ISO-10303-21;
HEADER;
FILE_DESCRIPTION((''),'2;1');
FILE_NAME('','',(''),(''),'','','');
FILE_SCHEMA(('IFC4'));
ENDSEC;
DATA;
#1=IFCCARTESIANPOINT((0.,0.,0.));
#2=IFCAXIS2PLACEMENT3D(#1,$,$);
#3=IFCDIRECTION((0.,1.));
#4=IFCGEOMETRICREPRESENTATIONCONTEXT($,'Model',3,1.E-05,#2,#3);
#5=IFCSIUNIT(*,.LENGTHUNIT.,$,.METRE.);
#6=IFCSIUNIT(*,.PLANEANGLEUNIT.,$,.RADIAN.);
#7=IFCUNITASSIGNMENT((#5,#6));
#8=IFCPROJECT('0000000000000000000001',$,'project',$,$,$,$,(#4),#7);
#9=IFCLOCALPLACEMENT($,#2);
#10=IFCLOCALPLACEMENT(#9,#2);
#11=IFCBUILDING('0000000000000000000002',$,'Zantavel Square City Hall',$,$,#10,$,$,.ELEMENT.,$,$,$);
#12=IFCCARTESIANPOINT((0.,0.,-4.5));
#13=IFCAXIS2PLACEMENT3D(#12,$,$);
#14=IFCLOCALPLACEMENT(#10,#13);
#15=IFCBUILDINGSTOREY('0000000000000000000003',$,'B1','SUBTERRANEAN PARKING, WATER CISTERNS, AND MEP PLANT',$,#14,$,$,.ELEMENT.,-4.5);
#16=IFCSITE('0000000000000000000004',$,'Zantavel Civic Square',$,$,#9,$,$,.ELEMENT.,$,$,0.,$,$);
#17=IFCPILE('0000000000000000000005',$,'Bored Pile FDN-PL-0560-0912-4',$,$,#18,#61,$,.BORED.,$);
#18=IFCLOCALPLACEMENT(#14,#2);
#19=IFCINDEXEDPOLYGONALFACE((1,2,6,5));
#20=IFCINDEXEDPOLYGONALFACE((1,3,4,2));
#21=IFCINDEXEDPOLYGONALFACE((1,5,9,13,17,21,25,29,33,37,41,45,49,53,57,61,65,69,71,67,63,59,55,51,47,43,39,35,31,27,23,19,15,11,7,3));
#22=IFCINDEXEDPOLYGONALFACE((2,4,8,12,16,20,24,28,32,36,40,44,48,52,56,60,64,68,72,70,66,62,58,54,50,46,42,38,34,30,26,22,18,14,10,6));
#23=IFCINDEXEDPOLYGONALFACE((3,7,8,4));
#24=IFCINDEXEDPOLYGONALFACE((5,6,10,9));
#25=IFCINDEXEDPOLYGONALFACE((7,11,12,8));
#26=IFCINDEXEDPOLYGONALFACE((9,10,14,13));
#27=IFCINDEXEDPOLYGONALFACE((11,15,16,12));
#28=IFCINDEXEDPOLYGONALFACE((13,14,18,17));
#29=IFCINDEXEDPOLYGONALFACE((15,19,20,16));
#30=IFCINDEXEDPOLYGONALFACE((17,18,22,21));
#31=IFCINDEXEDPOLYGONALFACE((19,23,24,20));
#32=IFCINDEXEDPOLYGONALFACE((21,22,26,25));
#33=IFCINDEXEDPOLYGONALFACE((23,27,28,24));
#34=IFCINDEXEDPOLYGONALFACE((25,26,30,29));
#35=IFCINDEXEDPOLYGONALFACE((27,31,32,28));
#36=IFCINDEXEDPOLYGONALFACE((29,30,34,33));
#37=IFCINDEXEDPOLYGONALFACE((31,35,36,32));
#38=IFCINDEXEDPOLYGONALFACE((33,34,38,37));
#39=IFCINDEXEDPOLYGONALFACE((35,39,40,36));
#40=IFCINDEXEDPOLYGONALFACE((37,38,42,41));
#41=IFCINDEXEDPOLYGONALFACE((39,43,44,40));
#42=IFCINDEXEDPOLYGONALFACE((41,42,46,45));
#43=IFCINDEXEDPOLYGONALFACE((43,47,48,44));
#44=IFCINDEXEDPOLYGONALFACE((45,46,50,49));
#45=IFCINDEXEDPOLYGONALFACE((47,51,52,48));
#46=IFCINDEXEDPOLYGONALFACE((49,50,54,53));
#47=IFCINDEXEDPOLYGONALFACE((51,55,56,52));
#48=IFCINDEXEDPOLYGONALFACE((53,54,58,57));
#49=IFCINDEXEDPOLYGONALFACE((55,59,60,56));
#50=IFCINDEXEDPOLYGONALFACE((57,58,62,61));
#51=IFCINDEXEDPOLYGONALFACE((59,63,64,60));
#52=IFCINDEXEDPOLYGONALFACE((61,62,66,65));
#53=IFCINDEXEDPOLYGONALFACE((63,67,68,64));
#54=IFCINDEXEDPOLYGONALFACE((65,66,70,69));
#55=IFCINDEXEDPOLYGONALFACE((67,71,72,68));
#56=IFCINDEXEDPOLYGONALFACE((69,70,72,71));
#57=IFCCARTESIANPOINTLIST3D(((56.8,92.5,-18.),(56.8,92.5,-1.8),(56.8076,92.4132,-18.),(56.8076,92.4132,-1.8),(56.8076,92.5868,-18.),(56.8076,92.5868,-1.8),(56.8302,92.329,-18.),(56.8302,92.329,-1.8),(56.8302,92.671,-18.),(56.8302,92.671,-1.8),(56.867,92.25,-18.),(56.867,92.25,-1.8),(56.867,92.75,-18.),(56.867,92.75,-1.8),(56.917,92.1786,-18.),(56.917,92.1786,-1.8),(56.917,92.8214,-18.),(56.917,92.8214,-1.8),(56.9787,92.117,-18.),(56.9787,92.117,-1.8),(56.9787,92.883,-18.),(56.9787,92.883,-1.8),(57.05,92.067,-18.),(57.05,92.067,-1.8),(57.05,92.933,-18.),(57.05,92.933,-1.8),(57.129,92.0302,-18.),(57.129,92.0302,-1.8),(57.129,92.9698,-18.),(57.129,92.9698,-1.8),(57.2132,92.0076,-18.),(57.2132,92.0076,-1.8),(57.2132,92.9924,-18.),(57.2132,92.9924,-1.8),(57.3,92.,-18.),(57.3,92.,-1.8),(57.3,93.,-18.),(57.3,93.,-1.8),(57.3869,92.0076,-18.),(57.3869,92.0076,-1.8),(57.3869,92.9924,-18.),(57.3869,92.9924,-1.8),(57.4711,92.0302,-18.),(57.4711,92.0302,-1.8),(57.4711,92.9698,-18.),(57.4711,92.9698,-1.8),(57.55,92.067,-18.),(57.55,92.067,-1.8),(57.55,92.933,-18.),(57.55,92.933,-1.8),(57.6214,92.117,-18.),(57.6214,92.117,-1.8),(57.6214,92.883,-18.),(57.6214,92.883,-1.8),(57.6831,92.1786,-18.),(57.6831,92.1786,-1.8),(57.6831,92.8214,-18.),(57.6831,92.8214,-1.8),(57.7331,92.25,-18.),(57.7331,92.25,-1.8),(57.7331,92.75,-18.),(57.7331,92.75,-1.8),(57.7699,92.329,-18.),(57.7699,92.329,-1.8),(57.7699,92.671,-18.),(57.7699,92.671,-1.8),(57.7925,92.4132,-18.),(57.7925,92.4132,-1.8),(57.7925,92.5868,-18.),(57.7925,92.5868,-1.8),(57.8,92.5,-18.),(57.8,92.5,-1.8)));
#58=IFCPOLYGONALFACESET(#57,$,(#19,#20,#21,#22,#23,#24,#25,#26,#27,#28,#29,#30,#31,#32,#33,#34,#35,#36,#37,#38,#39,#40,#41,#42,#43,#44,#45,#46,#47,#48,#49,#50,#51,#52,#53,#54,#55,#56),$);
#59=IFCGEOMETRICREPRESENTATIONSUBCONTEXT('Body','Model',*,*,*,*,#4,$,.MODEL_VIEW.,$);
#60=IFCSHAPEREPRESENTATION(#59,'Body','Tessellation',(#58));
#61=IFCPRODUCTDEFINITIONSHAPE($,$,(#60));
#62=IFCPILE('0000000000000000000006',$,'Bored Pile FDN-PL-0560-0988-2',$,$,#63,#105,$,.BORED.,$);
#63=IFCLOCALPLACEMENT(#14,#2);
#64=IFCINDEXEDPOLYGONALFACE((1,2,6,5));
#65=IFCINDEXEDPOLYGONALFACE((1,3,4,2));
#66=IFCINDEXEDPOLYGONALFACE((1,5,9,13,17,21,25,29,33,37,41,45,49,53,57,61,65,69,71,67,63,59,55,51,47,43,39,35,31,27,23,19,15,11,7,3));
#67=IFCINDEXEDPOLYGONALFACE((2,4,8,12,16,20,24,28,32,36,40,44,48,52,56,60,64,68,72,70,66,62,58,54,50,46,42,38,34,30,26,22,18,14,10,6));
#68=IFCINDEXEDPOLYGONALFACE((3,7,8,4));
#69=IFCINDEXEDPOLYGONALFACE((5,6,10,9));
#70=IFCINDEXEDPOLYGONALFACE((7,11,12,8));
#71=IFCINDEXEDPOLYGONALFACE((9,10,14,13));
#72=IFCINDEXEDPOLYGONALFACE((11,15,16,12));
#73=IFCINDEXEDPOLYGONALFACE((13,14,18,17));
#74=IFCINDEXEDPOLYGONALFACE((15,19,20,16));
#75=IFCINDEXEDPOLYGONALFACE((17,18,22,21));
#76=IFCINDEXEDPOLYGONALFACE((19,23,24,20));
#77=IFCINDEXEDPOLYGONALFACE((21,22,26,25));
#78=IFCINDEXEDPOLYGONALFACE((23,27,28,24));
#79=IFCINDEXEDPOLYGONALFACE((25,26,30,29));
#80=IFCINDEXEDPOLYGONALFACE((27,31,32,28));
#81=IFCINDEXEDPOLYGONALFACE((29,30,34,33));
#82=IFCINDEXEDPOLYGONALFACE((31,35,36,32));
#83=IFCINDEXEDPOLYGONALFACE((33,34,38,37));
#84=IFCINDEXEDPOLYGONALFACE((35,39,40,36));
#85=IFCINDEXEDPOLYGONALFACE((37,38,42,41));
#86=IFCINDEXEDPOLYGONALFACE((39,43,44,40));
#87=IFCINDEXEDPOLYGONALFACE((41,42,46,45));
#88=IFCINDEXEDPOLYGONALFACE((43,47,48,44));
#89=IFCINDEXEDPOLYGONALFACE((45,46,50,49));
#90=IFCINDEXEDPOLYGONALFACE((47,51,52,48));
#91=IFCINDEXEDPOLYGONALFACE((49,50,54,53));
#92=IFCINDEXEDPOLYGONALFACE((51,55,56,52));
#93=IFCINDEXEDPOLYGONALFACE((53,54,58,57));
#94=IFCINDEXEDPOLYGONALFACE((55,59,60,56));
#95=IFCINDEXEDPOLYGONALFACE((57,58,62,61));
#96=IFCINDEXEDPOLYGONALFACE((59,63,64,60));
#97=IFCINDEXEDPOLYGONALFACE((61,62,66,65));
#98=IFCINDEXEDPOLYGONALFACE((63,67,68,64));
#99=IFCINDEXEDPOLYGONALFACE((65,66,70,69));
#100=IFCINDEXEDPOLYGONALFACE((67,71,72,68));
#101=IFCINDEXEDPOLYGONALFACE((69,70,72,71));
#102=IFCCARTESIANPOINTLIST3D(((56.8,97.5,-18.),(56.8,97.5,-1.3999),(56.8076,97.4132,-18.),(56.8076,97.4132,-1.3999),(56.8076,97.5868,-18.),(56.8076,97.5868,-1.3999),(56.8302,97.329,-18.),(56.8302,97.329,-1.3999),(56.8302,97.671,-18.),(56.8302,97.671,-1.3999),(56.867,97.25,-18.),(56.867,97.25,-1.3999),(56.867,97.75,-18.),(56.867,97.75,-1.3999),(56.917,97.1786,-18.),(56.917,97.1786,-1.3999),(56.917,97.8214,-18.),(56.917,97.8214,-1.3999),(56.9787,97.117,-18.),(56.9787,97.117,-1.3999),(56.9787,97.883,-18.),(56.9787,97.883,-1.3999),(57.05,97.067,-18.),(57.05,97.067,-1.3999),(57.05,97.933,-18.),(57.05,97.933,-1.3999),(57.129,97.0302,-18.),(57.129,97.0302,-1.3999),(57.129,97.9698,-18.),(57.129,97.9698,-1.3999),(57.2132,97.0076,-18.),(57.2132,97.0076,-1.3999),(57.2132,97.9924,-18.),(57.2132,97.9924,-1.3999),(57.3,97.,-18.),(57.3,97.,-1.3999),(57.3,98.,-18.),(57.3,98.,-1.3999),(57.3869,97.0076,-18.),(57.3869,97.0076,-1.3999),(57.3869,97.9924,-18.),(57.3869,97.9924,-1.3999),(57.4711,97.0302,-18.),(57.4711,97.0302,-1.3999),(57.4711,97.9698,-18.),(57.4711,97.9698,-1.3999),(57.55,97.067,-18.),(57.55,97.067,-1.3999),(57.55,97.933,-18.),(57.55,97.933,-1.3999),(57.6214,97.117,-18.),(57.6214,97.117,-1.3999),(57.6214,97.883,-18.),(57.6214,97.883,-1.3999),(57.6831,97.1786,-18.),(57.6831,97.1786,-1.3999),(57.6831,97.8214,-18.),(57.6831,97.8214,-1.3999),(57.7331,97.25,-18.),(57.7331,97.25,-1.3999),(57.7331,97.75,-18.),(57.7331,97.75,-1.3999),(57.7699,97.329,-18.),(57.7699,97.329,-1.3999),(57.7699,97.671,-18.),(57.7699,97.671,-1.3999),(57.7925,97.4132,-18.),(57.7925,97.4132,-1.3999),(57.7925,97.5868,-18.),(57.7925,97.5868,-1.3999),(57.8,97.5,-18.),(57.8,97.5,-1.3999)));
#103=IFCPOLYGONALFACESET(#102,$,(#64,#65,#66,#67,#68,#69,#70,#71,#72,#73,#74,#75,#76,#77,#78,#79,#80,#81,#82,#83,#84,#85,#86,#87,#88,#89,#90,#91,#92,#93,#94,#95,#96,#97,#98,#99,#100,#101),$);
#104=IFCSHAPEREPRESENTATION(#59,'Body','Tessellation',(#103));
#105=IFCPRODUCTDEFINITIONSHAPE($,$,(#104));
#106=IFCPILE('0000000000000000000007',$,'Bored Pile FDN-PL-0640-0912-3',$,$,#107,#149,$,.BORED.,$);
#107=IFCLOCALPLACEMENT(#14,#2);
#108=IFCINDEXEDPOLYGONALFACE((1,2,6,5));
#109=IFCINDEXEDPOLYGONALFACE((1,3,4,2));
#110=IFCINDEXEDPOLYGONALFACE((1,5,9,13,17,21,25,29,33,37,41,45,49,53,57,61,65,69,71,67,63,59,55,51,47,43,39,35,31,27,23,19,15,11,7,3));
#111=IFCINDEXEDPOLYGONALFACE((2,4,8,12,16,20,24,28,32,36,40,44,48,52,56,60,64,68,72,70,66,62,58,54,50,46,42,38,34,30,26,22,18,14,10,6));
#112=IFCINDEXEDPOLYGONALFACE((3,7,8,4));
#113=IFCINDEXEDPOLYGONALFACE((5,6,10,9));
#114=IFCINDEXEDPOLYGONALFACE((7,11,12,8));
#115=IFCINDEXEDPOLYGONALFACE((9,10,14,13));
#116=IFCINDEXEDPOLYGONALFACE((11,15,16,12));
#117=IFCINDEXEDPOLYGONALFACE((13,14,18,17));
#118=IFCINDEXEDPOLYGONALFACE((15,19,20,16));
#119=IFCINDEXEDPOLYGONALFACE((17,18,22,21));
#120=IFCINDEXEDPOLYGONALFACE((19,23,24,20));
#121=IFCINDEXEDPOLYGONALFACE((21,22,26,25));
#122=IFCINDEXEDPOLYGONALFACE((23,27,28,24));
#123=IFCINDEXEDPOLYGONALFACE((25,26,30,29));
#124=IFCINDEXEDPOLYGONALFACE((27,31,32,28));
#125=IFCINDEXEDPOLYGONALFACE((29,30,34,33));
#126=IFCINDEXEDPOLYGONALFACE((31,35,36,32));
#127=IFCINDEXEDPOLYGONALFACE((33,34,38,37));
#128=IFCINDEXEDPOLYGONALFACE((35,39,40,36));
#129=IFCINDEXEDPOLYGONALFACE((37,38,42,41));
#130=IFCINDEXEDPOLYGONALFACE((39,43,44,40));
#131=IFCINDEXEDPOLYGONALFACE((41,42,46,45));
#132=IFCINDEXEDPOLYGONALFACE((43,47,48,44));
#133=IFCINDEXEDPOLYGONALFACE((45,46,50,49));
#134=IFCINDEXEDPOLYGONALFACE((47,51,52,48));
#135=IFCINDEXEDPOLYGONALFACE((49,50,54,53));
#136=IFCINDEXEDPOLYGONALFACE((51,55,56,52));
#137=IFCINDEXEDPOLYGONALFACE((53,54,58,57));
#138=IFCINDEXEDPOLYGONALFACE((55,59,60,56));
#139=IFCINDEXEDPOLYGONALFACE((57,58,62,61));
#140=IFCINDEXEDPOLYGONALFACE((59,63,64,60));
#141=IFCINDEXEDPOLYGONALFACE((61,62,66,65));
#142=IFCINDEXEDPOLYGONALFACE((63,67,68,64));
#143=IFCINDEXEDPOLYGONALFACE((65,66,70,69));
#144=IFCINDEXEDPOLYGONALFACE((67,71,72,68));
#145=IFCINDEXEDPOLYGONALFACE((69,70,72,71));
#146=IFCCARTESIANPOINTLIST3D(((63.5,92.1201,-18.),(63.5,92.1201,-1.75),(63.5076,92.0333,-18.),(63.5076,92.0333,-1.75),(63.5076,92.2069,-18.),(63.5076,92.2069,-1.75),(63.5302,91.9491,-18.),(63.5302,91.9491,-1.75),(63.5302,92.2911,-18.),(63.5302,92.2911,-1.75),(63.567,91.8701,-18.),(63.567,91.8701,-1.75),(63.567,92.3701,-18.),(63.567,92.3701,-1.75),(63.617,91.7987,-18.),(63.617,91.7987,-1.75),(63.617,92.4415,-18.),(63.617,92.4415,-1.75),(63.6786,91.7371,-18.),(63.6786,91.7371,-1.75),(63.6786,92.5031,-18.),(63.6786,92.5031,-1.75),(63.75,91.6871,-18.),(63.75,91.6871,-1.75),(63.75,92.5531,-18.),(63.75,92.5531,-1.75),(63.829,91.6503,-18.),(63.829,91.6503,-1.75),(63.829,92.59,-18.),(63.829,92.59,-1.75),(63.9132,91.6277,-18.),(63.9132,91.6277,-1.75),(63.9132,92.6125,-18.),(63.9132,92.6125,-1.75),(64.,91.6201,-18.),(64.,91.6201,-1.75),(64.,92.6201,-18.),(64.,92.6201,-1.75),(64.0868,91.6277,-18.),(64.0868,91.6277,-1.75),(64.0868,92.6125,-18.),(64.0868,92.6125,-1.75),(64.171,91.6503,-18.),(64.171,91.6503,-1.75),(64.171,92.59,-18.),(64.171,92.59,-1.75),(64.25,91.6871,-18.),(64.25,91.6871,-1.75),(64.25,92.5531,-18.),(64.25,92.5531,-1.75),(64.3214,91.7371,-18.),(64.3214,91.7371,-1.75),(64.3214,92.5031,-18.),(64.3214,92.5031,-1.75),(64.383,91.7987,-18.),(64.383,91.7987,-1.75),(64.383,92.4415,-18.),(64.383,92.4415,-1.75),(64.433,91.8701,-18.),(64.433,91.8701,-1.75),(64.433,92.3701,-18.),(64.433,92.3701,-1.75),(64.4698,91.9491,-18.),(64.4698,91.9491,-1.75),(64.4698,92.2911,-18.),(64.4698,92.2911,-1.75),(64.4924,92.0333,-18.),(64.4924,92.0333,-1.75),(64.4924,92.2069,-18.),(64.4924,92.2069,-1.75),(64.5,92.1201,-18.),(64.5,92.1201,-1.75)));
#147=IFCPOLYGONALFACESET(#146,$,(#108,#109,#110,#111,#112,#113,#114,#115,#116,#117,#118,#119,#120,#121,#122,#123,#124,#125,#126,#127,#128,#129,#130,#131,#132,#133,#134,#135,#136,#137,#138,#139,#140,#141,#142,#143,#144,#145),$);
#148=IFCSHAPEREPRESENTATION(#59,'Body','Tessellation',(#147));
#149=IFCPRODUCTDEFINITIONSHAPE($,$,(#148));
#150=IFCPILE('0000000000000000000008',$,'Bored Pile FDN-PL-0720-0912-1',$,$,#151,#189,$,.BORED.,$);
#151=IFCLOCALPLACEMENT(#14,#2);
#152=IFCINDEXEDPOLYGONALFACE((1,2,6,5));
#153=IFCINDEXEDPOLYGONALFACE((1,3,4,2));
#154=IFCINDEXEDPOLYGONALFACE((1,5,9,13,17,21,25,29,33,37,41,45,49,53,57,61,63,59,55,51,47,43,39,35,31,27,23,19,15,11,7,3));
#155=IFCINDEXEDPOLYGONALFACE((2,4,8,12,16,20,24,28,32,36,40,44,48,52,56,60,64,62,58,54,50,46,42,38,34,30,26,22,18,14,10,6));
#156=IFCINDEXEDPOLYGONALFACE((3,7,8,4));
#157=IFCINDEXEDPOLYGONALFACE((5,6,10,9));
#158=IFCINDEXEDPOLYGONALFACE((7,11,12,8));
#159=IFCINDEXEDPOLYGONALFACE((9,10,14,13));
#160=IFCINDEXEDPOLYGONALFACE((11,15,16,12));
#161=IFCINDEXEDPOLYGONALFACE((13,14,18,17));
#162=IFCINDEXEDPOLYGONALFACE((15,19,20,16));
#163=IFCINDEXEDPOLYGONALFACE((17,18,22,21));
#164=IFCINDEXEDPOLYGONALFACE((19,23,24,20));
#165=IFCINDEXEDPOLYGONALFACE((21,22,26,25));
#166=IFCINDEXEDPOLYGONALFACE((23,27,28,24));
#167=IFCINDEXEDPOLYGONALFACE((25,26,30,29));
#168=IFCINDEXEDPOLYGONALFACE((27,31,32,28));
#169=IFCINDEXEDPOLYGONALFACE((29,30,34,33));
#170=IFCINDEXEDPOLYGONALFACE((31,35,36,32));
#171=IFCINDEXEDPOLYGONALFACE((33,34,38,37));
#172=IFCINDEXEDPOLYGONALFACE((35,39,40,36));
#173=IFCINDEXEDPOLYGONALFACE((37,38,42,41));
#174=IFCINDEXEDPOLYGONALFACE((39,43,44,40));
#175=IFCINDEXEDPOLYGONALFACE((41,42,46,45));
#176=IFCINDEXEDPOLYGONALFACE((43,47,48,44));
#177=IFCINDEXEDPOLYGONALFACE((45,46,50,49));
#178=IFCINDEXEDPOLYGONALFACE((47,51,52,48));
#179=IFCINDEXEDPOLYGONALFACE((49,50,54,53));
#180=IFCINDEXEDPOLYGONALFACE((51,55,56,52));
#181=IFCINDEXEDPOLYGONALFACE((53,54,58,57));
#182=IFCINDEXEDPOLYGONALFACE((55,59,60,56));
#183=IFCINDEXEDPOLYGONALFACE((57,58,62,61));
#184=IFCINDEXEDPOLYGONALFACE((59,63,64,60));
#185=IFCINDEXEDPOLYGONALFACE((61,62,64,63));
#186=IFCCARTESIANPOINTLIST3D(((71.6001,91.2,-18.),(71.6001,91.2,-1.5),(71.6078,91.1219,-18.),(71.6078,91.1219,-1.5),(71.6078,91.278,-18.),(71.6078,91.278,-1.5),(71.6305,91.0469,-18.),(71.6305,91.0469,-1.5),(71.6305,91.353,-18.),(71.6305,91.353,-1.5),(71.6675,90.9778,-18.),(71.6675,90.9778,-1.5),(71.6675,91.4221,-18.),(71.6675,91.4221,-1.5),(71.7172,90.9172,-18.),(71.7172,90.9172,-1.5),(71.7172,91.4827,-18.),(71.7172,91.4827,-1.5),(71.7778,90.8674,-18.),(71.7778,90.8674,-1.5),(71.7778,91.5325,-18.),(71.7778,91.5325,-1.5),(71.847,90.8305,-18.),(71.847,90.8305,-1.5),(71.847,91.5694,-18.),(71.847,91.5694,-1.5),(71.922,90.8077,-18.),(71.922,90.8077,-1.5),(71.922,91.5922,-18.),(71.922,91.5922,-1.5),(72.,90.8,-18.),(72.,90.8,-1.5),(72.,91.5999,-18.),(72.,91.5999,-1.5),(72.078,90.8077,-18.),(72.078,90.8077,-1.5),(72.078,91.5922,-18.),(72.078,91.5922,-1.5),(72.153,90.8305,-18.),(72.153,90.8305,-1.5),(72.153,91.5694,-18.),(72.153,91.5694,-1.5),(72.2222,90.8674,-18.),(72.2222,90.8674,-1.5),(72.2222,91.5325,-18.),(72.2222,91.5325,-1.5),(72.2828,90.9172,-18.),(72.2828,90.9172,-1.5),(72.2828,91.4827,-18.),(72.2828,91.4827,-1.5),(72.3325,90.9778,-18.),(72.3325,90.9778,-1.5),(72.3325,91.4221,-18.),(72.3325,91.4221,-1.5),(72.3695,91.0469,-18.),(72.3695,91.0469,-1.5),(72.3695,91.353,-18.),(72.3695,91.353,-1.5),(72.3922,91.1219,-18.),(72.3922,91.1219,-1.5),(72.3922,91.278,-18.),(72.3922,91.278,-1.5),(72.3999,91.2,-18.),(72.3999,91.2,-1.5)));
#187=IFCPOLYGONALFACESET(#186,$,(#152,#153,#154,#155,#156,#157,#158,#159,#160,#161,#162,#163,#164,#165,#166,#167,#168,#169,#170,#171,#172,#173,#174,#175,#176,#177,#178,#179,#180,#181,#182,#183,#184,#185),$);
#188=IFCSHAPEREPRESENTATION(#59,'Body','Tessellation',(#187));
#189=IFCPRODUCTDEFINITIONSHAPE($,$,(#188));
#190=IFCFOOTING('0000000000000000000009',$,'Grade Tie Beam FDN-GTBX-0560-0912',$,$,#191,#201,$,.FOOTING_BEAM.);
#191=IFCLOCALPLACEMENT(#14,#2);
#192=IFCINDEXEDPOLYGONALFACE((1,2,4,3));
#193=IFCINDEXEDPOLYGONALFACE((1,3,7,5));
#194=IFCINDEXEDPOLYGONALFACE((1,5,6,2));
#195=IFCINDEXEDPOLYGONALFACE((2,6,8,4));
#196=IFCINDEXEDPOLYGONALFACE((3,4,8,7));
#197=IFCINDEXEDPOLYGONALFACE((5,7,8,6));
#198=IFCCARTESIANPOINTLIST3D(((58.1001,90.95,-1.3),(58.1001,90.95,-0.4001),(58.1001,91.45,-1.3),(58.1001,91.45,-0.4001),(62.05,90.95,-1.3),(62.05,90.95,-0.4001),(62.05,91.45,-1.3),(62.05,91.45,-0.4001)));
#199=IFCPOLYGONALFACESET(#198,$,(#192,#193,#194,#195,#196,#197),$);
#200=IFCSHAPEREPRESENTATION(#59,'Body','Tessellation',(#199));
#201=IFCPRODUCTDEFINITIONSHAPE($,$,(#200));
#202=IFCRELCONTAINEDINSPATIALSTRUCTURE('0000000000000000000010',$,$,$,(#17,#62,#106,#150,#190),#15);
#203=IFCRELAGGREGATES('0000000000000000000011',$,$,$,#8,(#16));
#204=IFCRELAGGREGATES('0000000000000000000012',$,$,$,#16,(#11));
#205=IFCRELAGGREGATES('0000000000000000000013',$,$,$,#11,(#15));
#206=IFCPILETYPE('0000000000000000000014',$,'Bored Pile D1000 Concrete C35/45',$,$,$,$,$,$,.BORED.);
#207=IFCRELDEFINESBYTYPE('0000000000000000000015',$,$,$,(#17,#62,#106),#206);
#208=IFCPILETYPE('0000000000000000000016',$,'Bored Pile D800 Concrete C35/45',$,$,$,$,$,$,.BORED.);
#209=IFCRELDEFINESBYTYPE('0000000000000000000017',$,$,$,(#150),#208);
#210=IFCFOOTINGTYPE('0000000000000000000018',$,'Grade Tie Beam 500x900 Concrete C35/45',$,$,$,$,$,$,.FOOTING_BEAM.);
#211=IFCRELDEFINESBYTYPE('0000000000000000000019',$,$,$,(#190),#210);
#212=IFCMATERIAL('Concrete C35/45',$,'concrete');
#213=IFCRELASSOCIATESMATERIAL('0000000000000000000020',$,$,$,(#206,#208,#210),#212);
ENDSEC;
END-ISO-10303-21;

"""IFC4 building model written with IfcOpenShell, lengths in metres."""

from ifc_helpers import new_model, si_unit, direction, frame, origin, origin_2d, place, context, subcontext, project, spatial, rectangle, circle, extrude, material, material_profile, profile_set, type_object, element, save


model = new_model("IFC4")

# Units and contexts
model_context = context("Model", 3, precision=1e-05, world=origin(), true_north=direction((0.0, 1.0)))
body_context = subcontext(model_context, "Body", "Model", "MODEL_VIEW")
ifc_project = project(units=[si_unit("LENGTHUNIT", "METRE"), si_unit("PLANEANGLEUNIT", "RADIAN")], contexts=[model_context])

# Site, building, storey
site_placement = place(None, origin())
site = spatial("IfcSite", under=ifc_project, at=site_placement, Name="Zantavel Civic Square", CompositionType="ELEMENT", RefElevation=0.0)
building_placement = place(site_placement, origin())
building = spatial("IfcBuilding", under=site, at=building_placement, Name="Zantavel Square City Hall", CompositionType="ELEMENT")
storey_placement = place(building_placement, frame((0.0, 0.0, -4.5)))
storey = spatial("IfcBuildingStorey", under=building, at=storey_placement, Name="B1", Description="SUBTERRANEAN PARKING, WATER CISTERNS, AND MEP PLANT", CompositionType="ELEMENT", Elevation=-4.5)

# Piles
ifc_material_1 = material(Name="Concrete C35/45", Category="concrete")
ifc_material_profile_1 = material_profile(ifc_material_1, circle(Radius=0.5, at=origin_2d()), Name="PILE D1000")
ifc_profile_set_1 = profile_set([ifc_material_profile_1], Name="Concrete C35/45")
pile_type_1 = type_object("IfcPileType", Name="Bored Pile D1000 Concrete C35/45", PredefinedType="BORED", material=ifc_profile_set_1)
pile_1_placement = place(storey_placement, frame((57.3, 92.5, -1.8), z_axis=(0.0, 0.0, -1.0), x_axis=(1.0, 0.0, 0.0)))
element("IfcPile", 1, at=pile_1_placement, inside=storey, type_object=pile_type_1, Name="Bored Pile FDN-PL-0560-0912-4", PredefinedType="BORED", context=body_context, shape_type="SweptSolid", body=[
    extrude(circle(Radius=0.5, at=origin_2d()), origin(), (0.0, 0.0, 1.0), 16.2),
])
pile_2_placement = place(storey_placement, frame((57.3, 97.5, -1.3999), z_axis=(0.0, 0.0, -1.0), x_axis=(1.0, 0.0, 0.0)))
element("IfcPile", 2, at=pile_2_placement, inside=storey, type_object=pile_type_1, Name="Bored Pile FDN-PL-0560-0988-2", PredefinedType="BORED", context=body_context, shape_type="SweptSolid", body=[
    extrude(circle(Radius=0.5, at=origin_2d()), origin(), (0.0, 0.0, 1.0), 16.6001),
])
pile_3_placement = place(storey_placement, frame((64.0, 92.1201, -1.75), z_axis=(0.0, 0.0, -1.0), x_axis=(1.0, 0.0, 0.0)))
element("IfcPile", 3, at=pile_3_placement, inside=storey, type_object=pile_type_1, Name="Bored Pile FDN-PL-0640-0912-3", PredefinedType="BORED", context=body_context, shape_type="SweptSolid", body=[
    extrude(circle(Radius=0.5, at=origin_2d()), origin(), (0.0, 0.0, 1.0), 16.25),
])
ifc_material_profile_2 = material_profile(ifc_material_1, circle(Radius=0.3999, at=origin_2d()), Name="PILE D800")
ifc_profile_set_2 = profile_set([ifc_material_profile_2], Name="Concrete C35/45")
pile_type_2 = type_object("IfcPileType", Name="Bored Pile D800 Concrete C35/45", PredefinedType="BORED", material=ifc_profile_set_2)
pile_4_placement = place(storey_placement, frame((72.0, 91.2, -1.5), z_axis=(0.0, 0.0, -1.0), x_axis=(1.0, 0.0, 0.0)))
element("IfcPile", 4, at=pile_4_placement, inside=storey, type_object=pile_type_2, Name="Bored Pile FDN-PL-0720-0912-1", PredefinedType="BORED", context=body_context, shape_type="SweptSolid", body=[
    extrude(circle(Radius=0.3999, at=origin_2d()), origin(), (0.0, 0.0, 1.0), 16.5),
])

# Footing
ifc_material_profile_3 = material_profile(ifc_material_1, rectangle(XDim=0.5, YDim=0.8999, at=origin_2d()), Name="RC 500x900")
ifc_profile_set_3 = profile_set([ifc_material_profile_3], Name="Concrete C35/45")
footing_type_1 = type_object("IfcFootingType", Name="Grade Tie Beam 500x900 Concrete C35/45", PredefinedType="FOOTING_BEAM", material=ifc_profile_set_3)
footing_1_placement = place(storey_placement, frame((58.1001, 91.2, -0.8501), z_axis=(1.0, 0.0, 0.0), x_axis=(0.0, 1.0, 0.0)))
element("IfcFooting", 5, at=footing_1_placement, inside=storey, type_object=footing_type_1, Name="Grade Tie Beam FDN-GTBX-0560-0912", PredefinedType="FOOTING_BEAM", context=body_context, shape_type="SweptSolid", body=[
    extrude(rectangle(XDim=0.5, YDim=0.8999, at=origin_2d()), origin(), (0.0, 0.0, 1.0), 3.95),
])

save(model, "model.ifc")
